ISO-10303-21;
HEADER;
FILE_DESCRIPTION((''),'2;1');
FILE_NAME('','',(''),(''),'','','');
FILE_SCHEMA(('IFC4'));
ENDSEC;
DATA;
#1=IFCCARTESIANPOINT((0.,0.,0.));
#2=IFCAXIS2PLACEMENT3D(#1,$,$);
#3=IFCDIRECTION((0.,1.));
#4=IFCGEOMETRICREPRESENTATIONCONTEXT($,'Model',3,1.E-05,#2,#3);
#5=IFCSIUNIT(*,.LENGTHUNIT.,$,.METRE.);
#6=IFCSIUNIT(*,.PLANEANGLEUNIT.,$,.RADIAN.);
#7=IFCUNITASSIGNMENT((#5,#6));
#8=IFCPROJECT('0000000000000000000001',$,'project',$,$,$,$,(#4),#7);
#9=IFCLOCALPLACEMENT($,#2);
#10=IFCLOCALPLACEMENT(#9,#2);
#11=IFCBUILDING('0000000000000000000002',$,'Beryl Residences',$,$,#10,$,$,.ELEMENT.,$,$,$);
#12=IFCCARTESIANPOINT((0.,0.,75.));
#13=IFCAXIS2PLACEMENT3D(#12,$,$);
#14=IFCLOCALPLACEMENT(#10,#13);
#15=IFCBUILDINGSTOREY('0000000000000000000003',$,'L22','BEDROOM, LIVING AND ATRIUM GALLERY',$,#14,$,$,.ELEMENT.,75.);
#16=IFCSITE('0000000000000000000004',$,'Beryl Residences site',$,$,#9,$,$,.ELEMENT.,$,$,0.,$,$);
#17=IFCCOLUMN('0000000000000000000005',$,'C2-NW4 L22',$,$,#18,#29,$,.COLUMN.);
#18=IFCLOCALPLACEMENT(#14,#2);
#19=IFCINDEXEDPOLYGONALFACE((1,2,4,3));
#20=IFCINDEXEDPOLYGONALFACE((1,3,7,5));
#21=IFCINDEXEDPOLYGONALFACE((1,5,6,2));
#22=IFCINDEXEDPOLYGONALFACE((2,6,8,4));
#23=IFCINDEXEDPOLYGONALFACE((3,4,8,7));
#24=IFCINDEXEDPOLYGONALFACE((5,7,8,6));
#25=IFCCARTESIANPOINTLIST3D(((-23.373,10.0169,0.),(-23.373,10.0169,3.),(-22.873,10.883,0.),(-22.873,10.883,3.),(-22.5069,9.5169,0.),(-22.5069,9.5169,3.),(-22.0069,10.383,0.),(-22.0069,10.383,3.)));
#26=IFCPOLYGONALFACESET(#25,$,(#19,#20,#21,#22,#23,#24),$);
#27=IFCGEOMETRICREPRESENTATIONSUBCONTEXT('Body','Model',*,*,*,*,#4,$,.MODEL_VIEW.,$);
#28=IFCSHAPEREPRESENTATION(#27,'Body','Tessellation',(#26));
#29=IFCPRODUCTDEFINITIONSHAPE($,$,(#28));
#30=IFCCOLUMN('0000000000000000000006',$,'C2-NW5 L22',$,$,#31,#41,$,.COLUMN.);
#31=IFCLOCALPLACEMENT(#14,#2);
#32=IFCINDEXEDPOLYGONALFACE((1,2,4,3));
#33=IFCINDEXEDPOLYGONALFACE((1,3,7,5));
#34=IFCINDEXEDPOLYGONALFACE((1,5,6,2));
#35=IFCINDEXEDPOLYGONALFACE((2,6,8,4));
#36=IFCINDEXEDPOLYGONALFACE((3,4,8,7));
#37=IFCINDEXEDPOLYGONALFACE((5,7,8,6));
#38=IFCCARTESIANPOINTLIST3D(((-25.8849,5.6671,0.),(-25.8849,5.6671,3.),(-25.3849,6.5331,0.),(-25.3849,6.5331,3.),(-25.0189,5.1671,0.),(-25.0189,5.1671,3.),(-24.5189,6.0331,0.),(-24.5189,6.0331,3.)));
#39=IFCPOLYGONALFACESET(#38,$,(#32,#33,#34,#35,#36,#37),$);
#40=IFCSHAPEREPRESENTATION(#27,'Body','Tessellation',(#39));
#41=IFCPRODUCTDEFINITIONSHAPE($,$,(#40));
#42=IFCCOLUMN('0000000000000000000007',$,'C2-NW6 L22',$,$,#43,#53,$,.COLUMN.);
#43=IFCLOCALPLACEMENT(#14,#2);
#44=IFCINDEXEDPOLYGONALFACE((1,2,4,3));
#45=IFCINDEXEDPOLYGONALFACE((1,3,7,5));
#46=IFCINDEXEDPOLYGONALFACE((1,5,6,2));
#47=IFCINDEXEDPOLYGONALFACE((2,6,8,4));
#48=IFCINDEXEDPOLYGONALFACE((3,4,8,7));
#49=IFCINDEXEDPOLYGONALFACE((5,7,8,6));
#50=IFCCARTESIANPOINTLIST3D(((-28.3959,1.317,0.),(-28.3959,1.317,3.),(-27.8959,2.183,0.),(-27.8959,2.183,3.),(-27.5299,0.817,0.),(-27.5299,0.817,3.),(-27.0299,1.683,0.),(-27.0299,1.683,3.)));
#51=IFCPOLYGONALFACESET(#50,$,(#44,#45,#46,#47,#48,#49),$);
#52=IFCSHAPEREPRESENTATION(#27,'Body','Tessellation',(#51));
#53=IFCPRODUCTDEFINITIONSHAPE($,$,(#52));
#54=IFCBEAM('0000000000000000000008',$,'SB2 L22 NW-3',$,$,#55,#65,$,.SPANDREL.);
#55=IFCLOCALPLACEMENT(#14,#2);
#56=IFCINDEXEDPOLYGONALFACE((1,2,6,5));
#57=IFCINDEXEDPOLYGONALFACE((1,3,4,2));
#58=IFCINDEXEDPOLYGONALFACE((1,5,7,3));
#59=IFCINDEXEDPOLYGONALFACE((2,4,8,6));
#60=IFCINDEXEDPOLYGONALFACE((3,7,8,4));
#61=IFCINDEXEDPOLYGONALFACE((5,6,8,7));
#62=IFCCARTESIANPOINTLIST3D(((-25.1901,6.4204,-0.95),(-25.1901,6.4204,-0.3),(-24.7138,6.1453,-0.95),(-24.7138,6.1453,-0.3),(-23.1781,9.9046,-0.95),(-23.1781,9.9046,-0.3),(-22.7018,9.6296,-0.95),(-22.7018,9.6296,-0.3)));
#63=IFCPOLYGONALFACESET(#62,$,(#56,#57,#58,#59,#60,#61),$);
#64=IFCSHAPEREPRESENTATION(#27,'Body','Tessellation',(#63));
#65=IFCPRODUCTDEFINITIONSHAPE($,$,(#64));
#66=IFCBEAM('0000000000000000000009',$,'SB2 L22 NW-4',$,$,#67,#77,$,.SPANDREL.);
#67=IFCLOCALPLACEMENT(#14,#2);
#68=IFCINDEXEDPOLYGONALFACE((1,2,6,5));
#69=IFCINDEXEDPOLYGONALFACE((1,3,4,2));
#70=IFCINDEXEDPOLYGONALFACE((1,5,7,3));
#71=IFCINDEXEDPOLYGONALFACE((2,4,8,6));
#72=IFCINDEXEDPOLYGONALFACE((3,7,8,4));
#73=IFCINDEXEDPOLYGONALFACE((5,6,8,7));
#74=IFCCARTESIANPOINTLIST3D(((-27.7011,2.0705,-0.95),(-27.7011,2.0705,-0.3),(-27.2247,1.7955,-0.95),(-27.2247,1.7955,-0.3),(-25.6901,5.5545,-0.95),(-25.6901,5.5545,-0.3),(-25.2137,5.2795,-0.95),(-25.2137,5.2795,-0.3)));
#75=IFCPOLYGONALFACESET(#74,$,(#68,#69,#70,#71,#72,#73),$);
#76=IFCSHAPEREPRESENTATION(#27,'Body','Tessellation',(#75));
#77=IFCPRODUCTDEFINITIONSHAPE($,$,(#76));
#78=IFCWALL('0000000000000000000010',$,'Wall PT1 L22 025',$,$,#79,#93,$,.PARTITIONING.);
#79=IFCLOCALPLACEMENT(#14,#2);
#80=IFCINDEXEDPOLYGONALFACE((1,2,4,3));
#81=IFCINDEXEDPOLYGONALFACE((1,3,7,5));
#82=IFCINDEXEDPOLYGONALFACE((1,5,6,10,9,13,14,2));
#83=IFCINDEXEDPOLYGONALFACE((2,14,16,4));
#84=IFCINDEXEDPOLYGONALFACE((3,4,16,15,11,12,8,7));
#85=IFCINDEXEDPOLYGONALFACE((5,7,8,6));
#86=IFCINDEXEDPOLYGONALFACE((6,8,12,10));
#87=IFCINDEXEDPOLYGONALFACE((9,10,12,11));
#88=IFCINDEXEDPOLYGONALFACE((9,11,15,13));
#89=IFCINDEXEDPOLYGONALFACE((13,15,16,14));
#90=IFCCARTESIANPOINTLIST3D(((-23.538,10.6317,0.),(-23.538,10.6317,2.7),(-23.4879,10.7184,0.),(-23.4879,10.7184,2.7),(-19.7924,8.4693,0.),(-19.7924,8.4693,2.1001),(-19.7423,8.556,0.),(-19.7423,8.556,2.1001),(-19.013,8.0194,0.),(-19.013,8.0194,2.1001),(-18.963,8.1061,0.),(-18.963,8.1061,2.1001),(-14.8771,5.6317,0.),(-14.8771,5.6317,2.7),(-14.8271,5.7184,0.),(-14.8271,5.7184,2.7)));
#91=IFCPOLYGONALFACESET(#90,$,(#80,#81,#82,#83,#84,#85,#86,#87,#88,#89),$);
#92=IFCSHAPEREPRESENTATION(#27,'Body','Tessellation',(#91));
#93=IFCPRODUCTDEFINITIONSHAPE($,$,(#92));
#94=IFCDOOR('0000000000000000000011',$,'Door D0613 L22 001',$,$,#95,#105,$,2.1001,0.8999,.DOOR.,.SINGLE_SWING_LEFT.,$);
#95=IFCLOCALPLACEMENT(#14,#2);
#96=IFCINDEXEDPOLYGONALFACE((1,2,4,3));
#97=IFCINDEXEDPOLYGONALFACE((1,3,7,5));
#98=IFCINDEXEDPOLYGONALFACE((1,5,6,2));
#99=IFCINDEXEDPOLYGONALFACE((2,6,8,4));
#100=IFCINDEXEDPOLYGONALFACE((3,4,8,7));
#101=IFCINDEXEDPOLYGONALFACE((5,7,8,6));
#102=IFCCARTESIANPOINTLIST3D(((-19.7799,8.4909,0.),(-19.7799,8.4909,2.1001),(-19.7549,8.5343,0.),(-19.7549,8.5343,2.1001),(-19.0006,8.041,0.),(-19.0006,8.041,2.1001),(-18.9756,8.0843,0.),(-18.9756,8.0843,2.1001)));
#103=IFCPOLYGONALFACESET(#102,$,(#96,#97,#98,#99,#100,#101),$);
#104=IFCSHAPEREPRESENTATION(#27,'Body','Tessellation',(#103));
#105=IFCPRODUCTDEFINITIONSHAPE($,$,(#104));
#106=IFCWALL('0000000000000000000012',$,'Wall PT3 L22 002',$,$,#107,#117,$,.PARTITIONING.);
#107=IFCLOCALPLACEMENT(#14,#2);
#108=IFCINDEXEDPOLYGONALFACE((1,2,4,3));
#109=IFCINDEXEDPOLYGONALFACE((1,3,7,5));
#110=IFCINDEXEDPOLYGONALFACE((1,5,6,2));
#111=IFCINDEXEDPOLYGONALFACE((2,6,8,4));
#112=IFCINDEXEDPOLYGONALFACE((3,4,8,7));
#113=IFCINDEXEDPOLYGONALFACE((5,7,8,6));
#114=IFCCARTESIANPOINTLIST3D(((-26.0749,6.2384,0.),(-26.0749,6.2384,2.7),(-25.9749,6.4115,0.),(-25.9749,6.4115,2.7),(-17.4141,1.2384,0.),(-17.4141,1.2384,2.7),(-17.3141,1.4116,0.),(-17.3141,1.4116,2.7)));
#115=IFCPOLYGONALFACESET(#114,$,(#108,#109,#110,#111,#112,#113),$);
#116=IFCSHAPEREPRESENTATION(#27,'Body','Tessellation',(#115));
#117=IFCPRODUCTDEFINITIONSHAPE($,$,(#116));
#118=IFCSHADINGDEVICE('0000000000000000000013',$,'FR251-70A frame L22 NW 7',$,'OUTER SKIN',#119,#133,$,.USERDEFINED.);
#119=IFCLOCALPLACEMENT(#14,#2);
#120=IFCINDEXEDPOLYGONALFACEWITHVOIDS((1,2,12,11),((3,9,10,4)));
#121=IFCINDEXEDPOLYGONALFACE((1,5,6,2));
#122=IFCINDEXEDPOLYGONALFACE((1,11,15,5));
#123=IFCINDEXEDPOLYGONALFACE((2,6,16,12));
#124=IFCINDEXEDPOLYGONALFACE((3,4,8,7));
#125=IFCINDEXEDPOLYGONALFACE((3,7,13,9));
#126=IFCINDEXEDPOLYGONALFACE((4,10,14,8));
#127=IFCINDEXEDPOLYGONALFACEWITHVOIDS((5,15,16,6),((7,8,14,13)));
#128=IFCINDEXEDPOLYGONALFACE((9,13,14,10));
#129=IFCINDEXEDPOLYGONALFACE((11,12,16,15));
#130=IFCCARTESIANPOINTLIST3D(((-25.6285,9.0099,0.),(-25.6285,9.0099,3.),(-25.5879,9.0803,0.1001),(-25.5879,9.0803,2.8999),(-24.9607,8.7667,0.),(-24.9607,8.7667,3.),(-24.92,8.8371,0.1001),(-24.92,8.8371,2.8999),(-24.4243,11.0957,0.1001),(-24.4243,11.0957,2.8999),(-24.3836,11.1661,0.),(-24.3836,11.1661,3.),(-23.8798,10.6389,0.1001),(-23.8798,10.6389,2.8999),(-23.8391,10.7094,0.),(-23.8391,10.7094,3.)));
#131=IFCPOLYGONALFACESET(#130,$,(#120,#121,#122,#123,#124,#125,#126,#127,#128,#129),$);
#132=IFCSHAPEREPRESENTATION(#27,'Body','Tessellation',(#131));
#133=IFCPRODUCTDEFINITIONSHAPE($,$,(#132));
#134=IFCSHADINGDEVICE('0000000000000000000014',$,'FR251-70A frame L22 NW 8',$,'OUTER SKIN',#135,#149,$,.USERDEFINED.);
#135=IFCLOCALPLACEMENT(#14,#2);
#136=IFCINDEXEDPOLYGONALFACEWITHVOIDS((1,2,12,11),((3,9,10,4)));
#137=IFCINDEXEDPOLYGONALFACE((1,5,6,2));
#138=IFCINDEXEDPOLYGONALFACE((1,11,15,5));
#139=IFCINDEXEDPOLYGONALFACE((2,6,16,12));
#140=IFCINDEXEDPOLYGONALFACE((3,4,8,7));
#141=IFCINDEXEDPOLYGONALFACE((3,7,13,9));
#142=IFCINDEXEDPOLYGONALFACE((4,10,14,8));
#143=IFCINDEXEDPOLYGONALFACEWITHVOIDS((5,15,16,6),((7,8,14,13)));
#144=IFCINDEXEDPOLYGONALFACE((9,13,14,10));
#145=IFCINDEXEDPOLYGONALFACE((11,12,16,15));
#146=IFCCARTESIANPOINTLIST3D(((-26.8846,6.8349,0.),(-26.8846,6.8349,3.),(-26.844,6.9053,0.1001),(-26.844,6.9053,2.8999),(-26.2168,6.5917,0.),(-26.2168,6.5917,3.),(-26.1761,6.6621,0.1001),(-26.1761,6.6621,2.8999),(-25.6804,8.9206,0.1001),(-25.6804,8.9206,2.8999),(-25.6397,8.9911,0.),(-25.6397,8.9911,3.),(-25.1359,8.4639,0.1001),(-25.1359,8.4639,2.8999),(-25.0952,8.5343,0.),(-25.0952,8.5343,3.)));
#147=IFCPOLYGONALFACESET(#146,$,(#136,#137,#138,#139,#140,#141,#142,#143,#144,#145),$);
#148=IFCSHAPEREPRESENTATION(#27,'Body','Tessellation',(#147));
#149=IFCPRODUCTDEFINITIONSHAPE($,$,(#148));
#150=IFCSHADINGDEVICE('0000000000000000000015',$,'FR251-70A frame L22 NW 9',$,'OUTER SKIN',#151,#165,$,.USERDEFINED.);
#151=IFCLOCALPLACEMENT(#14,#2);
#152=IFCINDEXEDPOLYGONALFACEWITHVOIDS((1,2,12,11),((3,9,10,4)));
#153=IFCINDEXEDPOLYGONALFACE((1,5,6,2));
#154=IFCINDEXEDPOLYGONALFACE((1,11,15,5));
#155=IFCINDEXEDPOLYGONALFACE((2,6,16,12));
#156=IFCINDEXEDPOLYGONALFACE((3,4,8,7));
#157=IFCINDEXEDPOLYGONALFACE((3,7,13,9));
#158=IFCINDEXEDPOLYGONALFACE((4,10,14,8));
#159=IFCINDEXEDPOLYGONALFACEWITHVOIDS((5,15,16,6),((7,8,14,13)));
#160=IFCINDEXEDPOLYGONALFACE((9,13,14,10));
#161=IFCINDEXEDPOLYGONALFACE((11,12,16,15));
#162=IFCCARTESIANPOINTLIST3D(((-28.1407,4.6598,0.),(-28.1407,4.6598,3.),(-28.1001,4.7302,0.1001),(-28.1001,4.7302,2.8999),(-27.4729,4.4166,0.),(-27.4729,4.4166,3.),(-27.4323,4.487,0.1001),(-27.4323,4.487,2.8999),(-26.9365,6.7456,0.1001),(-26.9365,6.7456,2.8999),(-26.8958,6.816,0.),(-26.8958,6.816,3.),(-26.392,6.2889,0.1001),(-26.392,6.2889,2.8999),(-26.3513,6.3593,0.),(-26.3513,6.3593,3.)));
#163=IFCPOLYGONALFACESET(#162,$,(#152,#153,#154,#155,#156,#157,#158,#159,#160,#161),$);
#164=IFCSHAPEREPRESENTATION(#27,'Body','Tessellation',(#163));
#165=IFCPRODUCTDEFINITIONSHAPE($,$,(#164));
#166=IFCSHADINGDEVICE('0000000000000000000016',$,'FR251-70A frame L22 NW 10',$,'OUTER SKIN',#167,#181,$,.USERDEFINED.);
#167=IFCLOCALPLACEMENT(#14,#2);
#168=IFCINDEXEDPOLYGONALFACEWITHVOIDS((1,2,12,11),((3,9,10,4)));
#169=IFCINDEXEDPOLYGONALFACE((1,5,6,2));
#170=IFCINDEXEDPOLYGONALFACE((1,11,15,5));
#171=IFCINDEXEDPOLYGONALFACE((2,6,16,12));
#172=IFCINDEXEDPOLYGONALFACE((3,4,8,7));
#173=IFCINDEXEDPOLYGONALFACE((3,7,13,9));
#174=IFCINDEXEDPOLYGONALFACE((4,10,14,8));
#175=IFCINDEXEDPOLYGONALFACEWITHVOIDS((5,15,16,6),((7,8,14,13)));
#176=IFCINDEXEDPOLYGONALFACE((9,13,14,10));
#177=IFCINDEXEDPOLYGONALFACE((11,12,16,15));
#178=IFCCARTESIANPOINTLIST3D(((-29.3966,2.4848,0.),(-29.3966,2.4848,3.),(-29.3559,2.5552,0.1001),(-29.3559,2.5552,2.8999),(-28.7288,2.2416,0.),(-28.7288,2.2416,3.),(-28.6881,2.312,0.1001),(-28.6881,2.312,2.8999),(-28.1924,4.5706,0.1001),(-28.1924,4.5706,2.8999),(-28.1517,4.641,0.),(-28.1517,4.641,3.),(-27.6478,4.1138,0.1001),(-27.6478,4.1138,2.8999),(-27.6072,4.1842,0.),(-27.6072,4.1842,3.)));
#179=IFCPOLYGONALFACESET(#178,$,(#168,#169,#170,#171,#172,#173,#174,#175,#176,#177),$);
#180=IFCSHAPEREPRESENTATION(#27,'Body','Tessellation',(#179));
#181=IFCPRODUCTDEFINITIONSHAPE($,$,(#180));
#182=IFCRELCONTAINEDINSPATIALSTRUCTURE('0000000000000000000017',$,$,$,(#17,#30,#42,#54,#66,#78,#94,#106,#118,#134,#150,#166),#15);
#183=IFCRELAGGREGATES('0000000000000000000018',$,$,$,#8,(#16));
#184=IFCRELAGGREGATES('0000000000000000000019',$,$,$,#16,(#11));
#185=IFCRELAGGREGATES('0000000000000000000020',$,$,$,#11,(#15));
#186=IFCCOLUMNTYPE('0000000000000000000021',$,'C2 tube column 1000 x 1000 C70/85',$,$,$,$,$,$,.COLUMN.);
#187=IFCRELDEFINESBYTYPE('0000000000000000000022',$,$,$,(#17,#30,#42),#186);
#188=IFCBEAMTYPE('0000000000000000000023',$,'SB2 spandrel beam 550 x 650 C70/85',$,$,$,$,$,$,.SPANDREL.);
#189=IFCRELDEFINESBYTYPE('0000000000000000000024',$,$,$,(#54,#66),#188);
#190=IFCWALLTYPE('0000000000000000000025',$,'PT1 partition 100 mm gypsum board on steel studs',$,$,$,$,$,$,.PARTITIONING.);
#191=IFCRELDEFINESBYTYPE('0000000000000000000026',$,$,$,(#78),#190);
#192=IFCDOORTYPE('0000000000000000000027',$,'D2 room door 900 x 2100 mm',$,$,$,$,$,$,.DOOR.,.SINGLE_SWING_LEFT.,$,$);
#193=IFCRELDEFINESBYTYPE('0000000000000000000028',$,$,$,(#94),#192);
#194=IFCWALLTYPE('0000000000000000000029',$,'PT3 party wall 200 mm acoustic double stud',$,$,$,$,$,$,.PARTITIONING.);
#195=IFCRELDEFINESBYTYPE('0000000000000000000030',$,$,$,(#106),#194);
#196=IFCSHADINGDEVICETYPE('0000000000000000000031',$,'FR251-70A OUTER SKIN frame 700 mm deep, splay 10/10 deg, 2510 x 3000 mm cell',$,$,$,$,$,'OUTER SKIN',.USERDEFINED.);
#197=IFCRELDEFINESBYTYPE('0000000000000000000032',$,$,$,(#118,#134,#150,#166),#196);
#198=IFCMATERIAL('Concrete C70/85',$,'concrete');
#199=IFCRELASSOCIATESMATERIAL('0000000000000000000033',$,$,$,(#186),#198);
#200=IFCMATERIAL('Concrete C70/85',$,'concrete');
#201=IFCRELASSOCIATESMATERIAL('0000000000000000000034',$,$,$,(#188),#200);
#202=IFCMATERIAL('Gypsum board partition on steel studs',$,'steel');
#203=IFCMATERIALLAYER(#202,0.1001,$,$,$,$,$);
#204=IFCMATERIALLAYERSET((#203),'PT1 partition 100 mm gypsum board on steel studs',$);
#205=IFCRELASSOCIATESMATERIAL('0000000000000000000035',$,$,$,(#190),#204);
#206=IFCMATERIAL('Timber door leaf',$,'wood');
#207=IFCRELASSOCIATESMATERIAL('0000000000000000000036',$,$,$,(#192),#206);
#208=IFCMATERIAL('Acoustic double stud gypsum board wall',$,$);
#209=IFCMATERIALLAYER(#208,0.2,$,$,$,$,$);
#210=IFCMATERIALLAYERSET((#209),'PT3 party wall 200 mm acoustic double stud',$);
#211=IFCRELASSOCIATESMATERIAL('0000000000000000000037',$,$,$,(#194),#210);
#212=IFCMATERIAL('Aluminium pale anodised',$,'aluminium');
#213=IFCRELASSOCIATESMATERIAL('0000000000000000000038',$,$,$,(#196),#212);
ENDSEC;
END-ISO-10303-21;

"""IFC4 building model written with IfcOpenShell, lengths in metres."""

from ifc_helpers import new_model, entity, si_unit, direction, frame, frame_2d, origin, origin_2d, place, context, subcontext, project, spatial, rectangle, extrude, source, transform, mapped, material, layer, layer_set, material_profile, profile_set, type_object, type_shapes, element, fill, save


model = new_model("IFC4")

# Units and contexts
model_context = context("Model", 3, precision=1e-05, world=origin(), true_north=direction((0.0, 1.0)))
body_context = subcontext(model_context, "Body", "Model", "MODEL_VIEW")
ifc_project = project(units=[si_unit("LENGTHUNIT", "METRE"), si_unit("PLANEANGLEUNIT", "RADIAN")], contexts=[model_context])

# Site, building, storey
site_placement = place(None, origin())
site = spatial("IfcSite", under=ifc_project, at=site_placement, Name="Beryl Residences site", CompositionType="ELEMENT", RefElevation=0.0)
building_placement = place(site_placement, origin())
building = spatial("IfcBuilding", under=site, at=building_placement, Name="Beryl Residences", CompositionType="ELEMENT")
storey_placement = place(building_placement, frame((0.0, 0.0, 75.0)))
storey = spatial("IfcBuildingStorey", under=building, at=storey_placement, Name="L22", Description="BEDROOM, LIVING AND ATRIUM GALLERY", CompositionType="ELEMENT", Elevation=75.0)

# Columns
ifc_material_1 = material(Name="Concrete C70/85", Category="concrete")
ifc_material_profile_1 = material_profile(ifc_material_1, rectangle(XDim=1.0, YDim=1.0, at=origin_2d()))
ifc_profile_set_1 = profile_set([ifc_material_profile_1], Name="Concrete C70/85")
column_type = type_object("IfcColumnType", Name="C2 tube column 1000 x 1000 C70/85", PredefinedType="COLUMN", material=ifc_profile_set_1)
for number, where, z_axis, x_axis, name in (
    (1, (-22.6899, 10.2, 0.0), (0.0, 0.0, 1.0), (-0.5, -0.866025, 0.0), "C2-NW4 L22"),
    (2, (-25.2019, 5.8501, 0.0), (0.0, 0.0, 1.0), (-0.5, -0.866025, 0.0), "C2-NW5 L22"),
    (3, (-27.7129, 1.5, 0.0), (0.0, 0.0, 1.0), (-0.5, -0.866025, 0.0), "C2-NW6 L22"),
):
    element("IfcColumn", number, at=place(storey_placement, frame(where, z_axis=z_axis, x_axis=x_axis)), inside=storey, type_object=column_type, Name=name, PredefinedType="COLUMN", context=body_context, shape_type="SweptSolid", body=[
        extrude(rectangle(XDim=1.0, YDim=1.0, at=origin_2d()), origin(), (0.0, 0.0, 1.0), 3.0),
    ])

# Beams
ifc_material_2 = material(Name="Concrete C70/85", Category="concrete")
ifc_material_profile_2 = material_profile(ifc_material_2, rectangle(XDim=0.55, YDim=0.6499, at=origin_2d()))
ifc_profile_set_2 = profile_set([ifc_material_profile_2], Name="Concrete C70/85")
beam_type = type_object("IfcBeamType", Name="SB2 spandrel beam 550 x 650 C70/85", PredefinedType="SPANDREL", material=ifc_profile_set_2)
beam_1_placement = place(storey_placement, frame((-22.9399, 9.7671, -0.625), z_axis=(-0.500074, -0.865982, 0.0), x_axis=(0.865982, -0.500074, 0.0)))
element("IfcBeam", 4, at=beam_1_placement, inside=storey, type_object=beam_type, Name="SB2 L22 NW-3", PredefinedType="SPANDREL", context=body_context, shape_type="SweptSolid", body=[
    extrude(rectangle(XDim=0.55, YDim=0.6499, at=origin_2d()), origin(), (0.0, 0.0, 1.0), 4.0234),
])
beam_2_placement = place(storey_placement, frame((-25.4519, 5.417, -0.625), z_axis=(-0.499919, -0.866072, 0.0), x_axis=(0.866072, -0.499919, 0.0)))
element("IfcBeam", 5, at=beam_2_placement, inside=storey, type_object=beam_type, Name="SB2 L22 NW-4", PredefinedType="SPANDREL", context=body_context, shape_type="SweptSolid", body=[
    extrude(rectangle(XDim=0.55, YDim=0.6499, at=origin_2d()), origin(), (0.0, 0.0, 1.0), 4.0227),
])

# Wall, opening, door
ifc_material_3 = material(Name="Gypsum board partition on steel studs", Category="steel")
ifc_layer_1 = layer(ifc_material_3, 0.1001)
ifc_layer_set_1 = layer_set([ifc_layer_1], Name="PT1 partition 100 mm gypsum board on steel studs")
wall_type_1 = type_object("IfcWallType", Name="PT1 partition 100 mm gypsum board on steel studs", PredefinedType="PARTITIONING", material=ifc_layer_set_1)
wall_1_placement = place(storey_placement, frame((-23.5129, 10.675, 0.0), z_axis=(0.0, 0.0, 1.0), x_axis=(0.866041, -0.499973, 0.0)))
wall_1 = element("IfcWall", 6, at=wall_1_placement, inside=storey, type_object=wall_type_1, Name="Wall PT1 L22 025", PredefinedType="PARTITIONING", context=body_context, shape_type="SweptSolid", body=[
    extrude(rectangle(XDim=10.0005, YDim=0.1001, at=frame_2d((5.0002, 0.0))), origin(), (0.0, 0.0, 1.0), 2.7),
])
opening_placement = place(wall_1_placement, frame((4.325, 0.0, 0.0)))
opening = element("IfcOpeningElement", 7, at=opening_placement, cuts=wall_1, PredefinedType="OPENING", context=body_context, shape_type="SweptSolid", body=[
    extrude(rectangle(XDim=0.8999, YDim=2.1001, at=frame_2d((0.45, 1.05))), frame((0.0, 0.0601, 0.0), z_axis=(0.0, -1.0, 0.0), x_axis=(1.0, 0.0, 0.0)), (0.0, 0.0, 1.0), 0.1201),
])
ifc_material_4 = material(Name="Timber door leaf", Category="wood")
door_type = type_object("IfcDoorType", Name="D2 room door 900 x 2100 mm", OperationType="SINGLE_SWING_LEFT", PredefinedType="DOOR", material=ifc_material_4)
door_placement = place(opening_placement, origin())
door = element("IfcDoor", 8, at=door_placement, inside=storey, type_object=door_type, Name="Door D0613 L22 001", OperationType="SINGLE_SWING_LEFT", OverallHeight=2.1001, OverallWidth=0.8999, PredefinedType="DOOR", context=body_context, shape_type="SweptSolid", body=[
    extrude(rectangle(XDim=0.8999, YDim=2.1001, at=frame_2d((0.45, 1.05))), frame((0.0, 0.0249, 0.0), z_axis=(0.0, -1.0, 0.0), x_axis=(1.0, 0.0, 0.0)), (0.0, 0.0, 1.0), 0.05),
])
fill(opening, door)

# Wall
ifc_material_5 = material(Name="Acoustic double stud gypsum board wall")
ifc_layer_2 = layer(ifc_material_5, 0.2)
ifc_layer_set_2 = layer_set([ifc_layer_2], Name="PT3 party wall 200 mm acoustic double stud")
wall_type_2 = type_object("IfcWallType", Name="PT3 party wall 200 mm acoustic double stud", PredefinedType="PARTITIONING", material=ifc_layer_set_2)
wall_2_placement = place(storey_placement, frame((-26.0249, 6.325, 0.0), z_axis=(0.0, 0.0, 1.0), x_axis=(0.866041, -0.499973, 0.0)))
element("IfcWall", 9, at=wall_2_placement, inside=storey, type_object=wall_type_2, Name="Wall PT3 L22 002", PredefinedType="PARTITIONING", context=body_context, shape_type="SweptSolid", body=[
    extrude(rectangle(XDim=10.0005, YDim=0.2, at=frame_2d((5.0002, 0.0))), origin(), (0.0, 0.0, 1.0), 2.7),
])

# Shading devices
ifc_material_6 = material(Name="Aluminium pale anodised", Category="aluminium")
shading_device_type = type_object("IfcShadingDeviceType", Name="FR251-70A OUTER SKIN frame 700 mm deep, splay 10/10 deg, 2510 x 3000 mm cell", ElementType="OUTER SKIN", PredefinedType="USERDEFINED", material=ifc_material_6)
cartesian_point_1 = entity("IfcCartesianPoint", [-1.1216, 0.0])
cartesian_point_2 = entity("IfcCartesianPoint", [-1.0403, 0.1001])
cartesian_point_3 = entity("IfcCartesianPoint", [-1.2449, 0.0])
cartesian_point_4 = entity("IfcCartesianPoint", [-1.1636, 0.1001])
shared_shape_1 = source(origin(), body_context, "Body", "SweptSolid", [
    entity("IfcExtrudedAreaSolidTapered", entity("IfcArbitraryProfileDefWithVoids", "AREA", None, entity("IfcPolyline", [cartesian_point_1, entity("IfcCartesianPoint", [1.1216, 0.0]), entity("IfcCartesianPoint", [1.1216, 3.0]), entity("IfcCartesianPoint", [-1.1216, 3.0]), cartesian_point_1]), [entity("IfcPolyline", [cartesian_point_2, entity("IfcCartesianPoint", [1.0403, 0.1001]), entity("IfcCartesianPoint", [1.0403, 2.8999]), entity("IfcCartesianPoint", [-1.0403, 2.8999]), cartesian_point_2])]), entity("IfcAxis2Placement3D", entity("IfcCartesianPoint", [0.0, 0.0, 0.0]), entity("IfcDirection", [0.0, 1.0, 0.0]), entity("IfcDirection", [-1.0, 0.0, 0.0])), entity("IfcDirection", [0.0, 0.0, 1.0]), 0.7, entity("IfcArbitraryProfileDefWithVoids", "AREA", None, entity("IfcPolyline", [cartesian_point_3, entity("IfcCartesianPoint", [1.2449, 0.0]), entity("IfcCartesianPoint", [1.2449, 3.0]), entity("IfcCartesianPoint", [-1.2449, 3.0]), cartesian_point_3]), [entity("IfcPolyline", [cartesian_point_4, entity("IfcCartesianPoint", [1.1636, 0.1001]), entity("IfcCartesianPoint", [1.1636, 2.8999]), entity("IfcCartesianPoint", [-1.1636, 2.8999]), cartesian_point_4])])),
])
type_shapes(shading_device_type, [shared_shape_1])
for number, where, z_axis, x_axis, name in (
    (10, (-24.3999, 9.738, 0.0), (0.0, 0.0, 1.0), (0.5, 0.866025, 0.0), "FR251-70A frame L22 NW 7"),
    (11, (-25.656, 7.563, 0.0), (0.0, 0.0, 1.0), (0.5, 0.866025, 0.0), "FR251-70A frame L22 NW 8"),
    (12, (-26.9121, 5.3879, 0.0), (0.0, 0.0, 1.0), (0.5, 0.866025, 0.0), "FR251-70A frame L22 NW 9"),
    (13, (-28.168, 3.2129, 0.0), (0.0, 0.0, 1.0), (0.5, 0.866025, 0.0), "FR251-70A frame L22 NW 10"),
):
    element("IfcShadingDevice", number, at=place(storey_placement, frame(where, z_axis=z_axis, x_axis=x_axis)), inside=storey, type_object=shading_device_type, Name=name, ObjectType="OUTER SKIN", PredefinedType="USERDEFINED", context=body_context, shape_type="MappedRepresentation", body=[
        mapped(shared_shape_1, transform((0.0, 0.0, 0.0))),
    ])

save(model, "model.ifc")
